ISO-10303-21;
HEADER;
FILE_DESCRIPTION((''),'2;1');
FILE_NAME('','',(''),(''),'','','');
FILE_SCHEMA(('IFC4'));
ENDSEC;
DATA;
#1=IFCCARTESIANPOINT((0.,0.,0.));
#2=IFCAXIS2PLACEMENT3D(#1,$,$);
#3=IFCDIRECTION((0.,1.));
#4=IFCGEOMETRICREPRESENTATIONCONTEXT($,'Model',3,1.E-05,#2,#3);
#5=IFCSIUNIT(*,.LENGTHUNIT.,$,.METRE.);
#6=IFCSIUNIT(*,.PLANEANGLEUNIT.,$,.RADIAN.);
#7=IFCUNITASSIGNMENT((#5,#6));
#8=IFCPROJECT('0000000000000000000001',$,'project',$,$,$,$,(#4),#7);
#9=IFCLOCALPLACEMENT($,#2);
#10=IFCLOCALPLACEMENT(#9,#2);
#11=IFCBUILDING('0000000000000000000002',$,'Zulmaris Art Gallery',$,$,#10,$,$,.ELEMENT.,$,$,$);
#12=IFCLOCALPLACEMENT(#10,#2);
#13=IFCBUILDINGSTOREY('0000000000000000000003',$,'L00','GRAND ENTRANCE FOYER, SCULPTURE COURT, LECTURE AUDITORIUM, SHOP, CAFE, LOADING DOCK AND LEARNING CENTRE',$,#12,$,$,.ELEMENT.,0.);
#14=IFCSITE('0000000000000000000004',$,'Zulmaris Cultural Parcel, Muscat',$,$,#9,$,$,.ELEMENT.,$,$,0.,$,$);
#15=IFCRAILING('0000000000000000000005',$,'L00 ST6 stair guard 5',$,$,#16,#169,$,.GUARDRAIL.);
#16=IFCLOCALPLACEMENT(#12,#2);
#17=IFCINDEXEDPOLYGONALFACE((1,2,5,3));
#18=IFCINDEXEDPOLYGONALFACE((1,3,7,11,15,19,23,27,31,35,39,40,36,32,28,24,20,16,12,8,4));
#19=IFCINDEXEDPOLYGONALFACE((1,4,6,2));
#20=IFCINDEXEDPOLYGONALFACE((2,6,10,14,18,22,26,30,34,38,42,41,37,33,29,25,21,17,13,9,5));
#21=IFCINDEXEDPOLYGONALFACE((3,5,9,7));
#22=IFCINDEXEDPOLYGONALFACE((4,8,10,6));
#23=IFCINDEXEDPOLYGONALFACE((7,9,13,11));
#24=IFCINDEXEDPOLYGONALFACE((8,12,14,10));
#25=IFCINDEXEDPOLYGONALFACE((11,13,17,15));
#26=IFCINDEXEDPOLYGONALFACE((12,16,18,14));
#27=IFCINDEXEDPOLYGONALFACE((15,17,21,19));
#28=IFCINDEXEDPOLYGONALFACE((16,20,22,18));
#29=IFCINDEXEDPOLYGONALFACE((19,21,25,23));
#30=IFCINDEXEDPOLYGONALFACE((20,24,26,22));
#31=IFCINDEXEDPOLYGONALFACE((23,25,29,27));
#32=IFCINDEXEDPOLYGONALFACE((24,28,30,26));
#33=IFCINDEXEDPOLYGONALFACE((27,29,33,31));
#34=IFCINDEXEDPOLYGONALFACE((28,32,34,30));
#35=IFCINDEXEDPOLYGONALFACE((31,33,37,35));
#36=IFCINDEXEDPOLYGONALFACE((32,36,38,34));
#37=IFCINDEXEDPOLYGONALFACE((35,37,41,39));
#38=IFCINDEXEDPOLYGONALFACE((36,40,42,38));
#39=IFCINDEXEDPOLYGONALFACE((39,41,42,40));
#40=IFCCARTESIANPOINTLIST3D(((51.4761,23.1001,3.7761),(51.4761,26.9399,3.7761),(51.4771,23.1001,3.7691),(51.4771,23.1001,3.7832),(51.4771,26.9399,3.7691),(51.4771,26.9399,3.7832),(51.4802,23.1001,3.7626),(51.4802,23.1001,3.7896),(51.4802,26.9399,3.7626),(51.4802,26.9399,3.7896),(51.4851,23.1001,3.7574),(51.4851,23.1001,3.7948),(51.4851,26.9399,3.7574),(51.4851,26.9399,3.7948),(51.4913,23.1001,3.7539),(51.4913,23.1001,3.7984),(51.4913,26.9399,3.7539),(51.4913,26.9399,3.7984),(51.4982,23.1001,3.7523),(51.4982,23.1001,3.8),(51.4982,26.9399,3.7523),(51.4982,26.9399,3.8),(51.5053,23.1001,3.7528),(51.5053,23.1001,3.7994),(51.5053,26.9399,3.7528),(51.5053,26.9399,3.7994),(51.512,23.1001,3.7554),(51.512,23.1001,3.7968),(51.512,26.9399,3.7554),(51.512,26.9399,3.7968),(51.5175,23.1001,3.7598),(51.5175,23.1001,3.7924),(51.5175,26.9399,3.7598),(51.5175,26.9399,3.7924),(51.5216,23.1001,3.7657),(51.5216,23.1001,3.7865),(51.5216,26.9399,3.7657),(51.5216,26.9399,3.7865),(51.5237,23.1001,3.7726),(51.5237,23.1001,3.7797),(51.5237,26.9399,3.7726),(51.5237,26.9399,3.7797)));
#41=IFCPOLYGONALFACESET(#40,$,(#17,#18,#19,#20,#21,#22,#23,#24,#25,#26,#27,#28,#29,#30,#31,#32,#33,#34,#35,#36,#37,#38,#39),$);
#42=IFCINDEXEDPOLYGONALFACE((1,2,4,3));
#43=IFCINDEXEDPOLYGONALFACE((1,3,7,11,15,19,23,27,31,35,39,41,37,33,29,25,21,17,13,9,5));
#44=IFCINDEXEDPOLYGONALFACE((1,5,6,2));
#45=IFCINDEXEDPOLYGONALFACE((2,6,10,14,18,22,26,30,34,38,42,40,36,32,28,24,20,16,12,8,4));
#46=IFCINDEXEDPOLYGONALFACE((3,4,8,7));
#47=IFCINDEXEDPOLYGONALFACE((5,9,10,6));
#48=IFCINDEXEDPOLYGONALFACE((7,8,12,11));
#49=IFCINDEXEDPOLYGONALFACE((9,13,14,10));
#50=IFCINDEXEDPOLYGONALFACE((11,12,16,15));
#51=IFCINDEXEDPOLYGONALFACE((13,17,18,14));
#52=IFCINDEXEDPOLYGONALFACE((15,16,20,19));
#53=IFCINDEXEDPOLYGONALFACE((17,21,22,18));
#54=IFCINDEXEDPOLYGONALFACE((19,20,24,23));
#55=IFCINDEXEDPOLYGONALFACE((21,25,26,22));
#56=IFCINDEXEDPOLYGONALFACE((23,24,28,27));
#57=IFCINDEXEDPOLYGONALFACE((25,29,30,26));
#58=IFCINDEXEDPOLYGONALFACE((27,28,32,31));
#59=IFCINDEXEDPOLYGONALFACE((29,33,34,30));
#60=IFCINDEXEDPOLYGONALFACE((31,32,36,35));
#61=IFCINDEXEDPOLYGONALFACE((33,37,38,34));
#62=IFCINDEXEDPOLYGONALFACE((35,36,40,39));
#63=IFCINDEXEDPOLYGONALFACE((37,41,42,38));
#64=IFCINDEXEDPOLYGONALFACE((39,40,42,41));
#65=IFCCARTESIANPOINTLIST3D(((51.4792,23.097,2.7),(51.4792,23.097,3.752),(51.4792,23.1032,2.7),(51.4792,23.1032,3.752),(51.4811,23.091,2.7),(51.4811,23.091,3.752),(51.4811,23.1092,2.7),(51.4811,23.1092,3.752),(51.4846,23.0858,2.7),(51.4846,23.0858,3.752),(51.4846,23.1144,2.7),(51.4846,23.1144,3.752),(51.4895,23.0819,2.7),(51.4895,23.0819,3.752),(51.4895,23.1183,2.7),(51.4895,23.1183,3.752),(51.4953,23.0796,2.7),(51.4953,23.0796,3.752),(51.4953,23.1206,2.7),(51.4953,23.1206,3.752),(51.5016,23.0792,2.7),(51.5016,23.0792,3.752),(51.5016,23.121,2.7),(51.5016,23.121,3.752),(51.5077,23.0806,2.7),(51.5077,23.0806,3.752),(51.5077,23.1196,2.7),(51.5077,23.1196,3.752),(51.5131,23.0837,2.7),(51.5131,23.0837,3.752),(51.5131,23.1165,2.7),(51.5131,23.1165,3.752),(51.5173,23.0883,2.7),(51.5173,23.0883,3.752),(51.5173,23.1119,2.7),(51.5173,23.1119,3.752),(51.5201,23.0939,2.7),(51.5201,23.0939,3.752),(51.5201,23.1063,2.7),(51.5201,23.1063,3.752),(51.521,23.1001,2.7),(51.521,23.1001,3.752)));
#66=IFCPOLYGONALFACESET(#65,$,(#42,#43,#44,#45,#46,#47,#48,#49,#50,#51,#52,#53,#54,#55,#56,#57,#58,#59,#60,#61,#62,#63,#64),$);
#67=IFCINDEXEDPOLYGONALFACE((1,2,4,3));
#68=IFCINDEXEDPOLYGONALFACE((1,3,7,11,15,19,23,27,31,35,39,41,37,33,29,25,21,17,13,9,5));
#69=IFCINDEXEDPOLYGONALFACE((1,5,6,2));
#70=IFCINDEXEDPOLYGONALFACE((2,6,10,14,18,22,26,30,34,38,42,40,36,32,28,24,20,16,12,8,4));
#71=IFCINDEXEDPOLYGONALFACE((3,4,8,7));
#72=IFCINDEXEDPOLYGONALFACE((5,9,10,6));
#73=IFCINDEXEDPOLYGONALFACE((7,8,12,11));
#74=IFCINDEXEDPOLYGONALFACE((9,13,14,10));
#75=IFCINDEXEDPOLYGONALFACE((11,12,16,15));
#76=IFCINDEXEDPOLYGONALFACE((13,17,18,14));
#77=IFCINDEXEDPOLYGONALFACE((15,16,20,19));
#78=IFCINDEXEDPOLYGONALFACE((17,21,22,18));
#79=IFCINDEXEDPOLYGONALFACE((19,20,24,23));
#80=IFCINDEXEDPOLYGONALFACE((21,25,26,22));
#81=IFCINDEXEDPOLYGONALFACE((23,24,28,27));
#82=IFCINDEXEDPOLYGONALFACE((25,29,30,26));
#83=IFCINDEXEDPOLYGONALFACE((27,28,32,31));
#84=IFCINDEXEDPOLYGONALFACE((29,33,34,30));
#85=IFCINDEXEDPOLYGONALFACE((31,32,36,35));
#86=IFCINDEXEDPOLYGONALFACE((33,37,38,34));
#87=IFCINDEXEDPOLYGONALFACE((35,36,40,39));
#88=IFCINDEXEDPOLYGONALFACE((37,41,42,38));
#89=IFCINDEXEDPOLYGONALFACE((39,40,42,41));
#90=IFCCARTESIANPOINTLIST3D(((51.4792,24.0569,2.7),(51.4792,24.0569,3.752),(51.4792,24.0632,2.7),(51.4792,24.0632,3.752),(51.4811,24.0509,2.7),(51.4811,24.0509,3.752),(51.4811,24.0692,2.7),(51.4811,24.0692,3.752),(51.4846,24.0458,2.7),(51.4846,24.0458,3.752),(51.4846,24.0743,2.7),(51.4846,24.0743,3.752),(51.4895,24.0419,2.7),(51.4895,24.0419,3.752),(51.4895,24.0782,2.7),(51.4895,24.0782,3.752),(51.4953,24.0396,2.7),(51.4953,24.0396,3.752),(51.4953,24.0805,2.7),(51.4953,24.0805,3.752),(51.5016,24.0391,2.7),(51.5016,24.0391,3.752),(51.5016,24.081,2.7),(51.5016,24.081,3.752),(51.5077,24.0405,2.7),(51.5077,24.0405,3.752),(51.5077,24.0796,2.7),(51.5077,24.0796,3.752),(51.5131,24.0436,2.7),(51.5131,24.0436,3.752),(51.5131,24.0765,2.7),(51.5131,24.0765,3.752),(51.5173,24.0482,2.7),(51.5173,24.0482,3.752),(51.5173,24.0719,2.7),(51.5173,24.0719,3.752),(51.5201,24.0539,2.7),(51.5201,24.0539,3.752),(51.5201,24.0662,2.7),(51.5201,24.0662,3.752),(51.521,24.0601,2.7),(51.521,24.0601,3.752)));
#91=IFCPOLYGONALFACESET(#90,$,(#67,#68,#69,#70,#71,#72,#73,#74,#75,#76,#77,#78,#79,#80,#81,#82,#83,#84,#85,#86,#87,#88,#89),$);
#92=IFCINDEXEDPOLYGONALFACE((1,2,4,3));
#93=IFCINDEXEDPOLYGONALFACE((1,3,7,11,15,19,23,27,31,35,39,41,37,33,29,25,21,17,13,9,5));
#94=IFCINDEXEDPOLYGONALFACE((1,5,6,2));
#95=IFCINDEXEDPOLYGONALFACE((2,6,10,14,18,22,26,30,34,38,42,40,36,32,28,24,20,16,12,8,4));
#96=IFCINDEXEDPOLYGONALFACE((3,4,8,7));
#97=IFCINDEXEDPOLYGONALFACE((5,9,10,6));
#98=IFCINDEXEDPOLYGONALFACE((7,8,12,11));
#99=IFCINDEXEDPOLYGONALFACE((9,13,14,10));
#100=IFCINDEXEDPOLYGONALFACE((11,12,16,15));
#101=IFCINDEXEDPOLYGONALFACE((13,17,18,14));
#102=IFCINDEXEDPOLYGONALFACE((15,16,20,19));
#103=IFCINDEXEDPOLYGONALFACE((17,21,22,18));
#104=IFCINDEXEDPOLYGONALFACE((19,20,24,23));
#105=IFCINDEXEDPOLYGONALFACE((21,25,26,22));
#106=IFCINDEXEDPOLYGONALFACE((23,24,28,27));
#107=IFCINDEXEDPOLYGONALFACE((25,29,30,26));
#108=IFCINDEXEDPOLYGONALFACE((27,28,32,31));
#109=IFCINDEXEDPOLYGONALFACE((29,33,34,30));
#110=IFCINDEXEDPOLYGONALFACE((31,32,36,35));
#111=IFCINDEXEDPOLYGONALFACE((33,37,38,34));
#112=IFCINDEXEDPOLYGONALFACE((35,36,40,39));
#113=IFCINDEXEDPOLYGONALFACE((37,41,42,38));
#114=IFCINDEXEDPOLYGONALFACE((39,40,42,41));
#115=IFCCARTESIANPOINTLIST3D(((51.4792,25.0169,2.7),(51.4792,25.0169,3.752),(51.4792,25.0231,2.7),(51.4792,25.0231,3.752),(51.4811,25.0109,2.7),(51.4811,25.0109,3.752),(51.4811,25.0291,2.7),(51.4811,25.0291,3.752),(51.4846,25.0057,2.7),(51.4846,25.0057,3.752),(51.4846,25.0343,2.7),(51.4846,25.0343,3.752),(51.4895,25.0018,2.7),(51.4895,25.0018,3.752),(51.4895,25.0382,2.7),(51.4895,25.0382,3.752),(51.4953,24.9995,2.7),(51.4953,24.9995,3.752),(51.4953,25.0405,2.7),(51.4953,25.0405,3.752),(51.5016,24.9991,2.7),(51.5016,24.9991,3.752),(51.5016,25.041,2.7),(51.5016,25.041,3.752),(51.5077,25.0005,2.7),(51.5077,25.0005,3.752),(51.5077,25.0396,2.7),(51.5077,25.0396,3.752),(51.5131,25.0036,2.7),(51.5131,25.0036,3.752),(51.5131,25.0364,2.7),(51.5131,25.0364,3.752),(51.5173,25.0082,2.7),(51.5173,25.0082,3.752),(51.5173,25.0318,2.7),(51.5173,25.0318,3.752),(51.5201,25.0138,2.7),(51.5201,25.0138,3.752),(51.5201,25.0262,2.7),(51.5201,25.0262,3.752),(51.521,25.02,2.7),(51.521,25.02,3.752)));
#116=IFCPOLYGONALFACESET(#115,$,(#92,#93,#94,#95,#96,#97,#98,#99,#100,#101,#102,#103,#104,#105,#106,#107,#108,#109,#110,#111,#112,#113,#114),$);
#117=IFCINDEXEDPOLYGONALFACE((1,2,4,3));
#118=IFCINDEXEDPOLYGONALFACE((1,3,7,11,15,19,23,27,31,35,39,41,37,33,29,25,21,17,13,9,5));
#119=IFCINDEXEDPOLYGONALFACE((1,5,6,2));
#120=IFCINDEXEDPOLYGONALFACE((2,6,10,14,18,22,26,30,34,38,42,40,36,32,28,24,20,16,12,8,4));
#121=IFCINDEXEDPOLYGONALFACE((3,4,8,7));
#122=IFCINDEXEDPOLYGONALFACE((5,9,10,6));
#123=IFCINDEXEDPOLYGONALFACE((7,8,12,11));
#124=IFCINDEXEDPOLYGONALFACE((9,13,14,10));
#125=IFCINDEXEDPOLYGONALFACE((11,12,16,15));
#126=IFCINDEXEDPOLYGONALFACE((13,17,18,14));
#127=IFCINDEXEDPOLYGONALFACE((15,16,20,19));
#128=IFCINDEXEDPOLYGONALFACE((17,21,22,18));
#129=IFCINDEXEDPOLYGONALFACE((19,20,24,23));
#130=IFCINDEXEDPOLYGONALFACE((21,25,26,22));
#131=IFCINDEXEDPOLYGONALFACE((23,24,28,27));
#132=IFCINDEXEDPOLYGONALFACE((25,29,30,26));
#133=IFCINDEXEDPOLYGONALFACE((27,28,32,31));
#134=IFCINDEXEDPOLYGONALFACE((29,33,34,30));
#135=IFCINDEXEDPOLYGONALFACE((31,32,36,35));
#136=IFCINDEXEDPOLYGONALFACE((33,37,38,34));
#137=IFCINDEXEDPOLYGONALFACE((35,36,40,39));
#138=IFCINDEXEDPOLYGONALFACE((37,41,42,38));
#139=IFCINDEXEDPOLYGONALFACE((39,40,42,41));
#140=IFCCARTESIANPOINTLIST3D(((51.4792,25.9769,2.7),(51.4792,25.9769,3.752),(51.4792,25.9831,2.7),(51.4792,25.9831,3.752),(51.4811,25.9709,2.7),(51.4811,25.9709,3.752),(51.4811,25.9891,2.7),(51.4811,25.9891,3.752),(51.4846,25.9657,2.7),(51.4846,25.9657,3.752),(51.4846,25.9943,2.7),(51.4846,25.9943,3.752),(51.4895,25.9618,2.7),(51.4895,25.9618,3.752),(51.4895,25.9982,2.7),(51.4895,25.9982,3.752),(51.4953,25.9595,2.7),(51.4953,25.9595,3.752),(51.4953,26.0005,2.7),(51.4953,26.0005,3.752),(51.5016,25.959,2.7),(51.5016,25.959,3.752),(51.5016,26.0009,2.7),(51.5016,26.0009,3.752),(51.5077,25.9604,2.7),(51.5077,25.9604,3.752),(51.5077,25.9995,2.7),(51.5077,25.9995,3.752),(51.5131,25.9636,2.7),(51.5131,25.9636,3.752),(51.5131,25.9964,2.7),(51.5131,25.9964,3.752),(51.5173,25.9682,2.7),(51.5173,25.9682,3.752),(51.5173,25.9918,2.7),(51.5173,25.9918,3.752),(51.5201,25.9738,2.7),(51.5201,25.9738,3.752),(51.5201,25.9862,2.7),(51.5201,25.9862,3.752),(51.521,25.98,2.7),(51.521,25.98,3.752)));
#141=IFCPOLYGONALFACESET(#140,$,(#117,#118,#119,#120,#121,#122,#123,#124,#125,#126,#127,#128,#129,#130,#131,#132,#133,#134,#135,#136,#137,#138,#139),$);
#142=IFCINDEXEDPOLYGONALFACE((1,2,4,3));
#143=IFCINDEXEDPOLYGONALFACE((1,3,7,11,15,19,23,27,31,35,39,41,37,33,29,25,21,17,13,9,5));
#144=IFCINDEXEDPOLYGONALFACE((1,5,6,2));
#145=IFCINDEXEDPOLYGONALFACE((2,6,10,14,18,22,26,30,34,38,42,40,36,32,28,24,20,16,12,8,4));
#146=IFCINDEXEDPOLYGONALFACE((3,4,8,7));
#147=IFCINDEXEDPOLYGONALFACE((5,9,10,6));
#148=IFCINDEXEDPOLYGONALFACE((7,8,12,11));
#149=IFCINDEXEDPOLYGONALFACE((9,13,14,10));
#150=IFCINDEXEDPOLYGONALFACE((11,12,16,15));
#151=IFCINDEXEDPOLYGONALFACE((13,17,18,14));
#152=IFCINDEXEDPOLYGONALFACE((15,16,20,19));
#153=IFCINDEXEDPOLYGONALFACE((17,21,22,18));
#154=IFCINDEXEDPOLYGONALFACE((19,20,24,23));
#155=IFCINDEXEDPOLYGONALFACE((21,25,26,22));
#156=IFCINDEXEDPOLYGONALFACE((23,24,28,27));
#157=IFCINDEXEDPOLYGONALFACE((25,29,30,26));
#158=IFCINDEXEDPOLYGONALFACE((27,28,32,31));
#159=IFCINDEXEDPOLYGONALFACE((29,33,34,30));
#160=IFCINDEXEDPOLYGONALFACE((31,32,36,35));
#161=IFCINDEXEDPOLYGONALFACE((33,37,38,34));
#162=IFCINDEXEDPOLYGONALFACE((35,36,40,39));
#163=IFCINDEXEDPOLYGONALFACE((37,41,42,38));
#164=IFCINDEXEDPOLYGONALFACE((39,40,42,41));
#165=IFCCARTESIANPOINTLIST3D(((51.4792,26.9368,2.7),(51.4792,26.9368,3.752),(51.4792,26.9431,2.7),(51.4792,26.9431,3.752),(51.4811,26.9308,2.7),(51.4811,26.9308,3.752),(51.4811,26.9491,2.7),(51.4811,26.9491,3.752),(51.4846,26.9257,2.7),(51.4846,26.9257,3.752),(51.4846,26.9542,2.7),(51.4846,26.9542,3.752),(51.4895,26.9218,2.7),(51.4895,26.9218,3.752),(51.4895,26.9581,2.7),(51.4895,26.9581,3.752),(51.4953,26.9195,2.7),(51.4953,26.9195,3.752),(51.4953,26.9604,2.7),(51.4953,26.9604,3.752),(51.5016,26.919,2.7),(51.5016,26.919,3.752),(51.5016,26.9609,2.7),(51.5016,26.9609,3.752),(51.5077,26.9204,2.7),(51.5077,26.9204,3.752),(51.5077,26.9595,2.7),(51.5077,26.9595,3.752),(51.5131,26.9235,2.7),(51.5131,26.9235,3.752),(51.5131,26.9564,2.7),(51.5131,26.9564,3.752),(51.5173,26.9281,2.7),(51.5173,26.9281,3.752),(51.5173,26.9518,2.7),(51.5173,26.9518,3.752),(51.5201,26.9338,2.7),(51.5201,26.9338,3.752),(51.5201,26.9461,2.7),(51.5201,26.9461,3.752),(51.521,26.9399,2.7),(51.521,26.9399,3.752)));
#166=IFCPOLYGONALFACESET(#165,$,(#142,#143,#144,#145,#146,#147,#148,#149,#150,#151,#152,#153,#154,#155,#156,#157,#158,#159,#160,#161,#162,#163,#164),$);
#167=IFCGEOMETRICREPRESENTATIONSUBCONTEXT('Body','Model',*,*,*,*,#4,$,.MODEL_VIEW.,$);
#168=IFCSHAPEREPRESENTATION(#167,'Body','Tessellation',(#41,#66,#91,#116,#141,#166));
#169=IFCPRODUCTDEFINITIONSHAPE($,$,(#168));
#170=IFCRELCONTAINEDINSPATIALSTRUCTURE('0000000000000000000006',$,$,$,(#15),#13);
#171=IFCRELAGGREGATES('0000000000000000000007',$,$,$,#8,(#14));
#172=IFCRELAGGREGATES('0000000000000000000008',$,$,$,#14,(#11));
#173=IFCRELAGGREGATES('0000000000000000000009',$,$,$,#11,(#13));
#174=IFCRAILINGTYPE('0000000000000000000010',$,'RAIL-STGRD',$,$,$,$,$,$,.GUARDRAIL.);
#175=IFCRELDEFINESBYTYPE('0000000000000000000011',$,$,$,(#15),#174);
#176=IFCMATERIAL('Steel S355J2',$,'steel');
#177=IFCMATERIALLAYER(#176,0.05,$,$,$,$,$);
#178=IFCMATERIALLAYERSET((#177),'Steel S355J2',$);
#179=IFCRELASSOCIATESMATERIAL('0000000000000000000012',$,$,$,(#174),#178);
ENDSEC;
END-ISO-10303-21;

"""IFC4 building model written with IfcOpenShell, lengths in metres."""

from ifc_helpers import new_model, si_unit, direction, frame, origin, origin_2d, place, context, subcontext, project, spatial, circle, extrude, material, layer, layer_set, type_object, element, save


model = new_model("IFC4")

# Units and contexts
model_context = context("Model", 3, precision=1e-05, world=origin(), true_north=direction((0.0, 1.0)))
body_context = subcontext(model_context, "Body", "Model", "MODEL_VIEW")
ifc_project = project(units=[si_unit("LENGTHUNIT", "METRE"), si_unit("PLANEANGLEUNIT", "RADIAN")], contexts=[model_context])

# Site, building, storey
site_placement = place(None, origin())
site = spatial("IfcSite", under=ifc_project, at=site_placement, Name="Zulmaris Cultural Parcel, Muscat", CompositionType="ELEMENT", RefElevation=0.0)
building_placement = place(site_placement, origin())
building = spatial("IfcBuilding", under=site, at=building_placement, Name="Zulmaris Art Gallery", CompositionType="ELEMENT")
storey_placement = place(building_placement, origin())
storey = spatial("IfcBuildingStorey", under=building, at=storey_placement, Name="L00", Description="GRAND ENTRANCE FOYER, SCULPTURE COURT, LECTURE AUDITORIUM, SHOP, CAFE, LOADING DOCK AND LEARNING CENTRE", CompositionType="ELEMENT", Elevation=0.0)

# Shared definitions
ifc_material_1 = material(Name="Steel S355J2", Category="steel")

# Railing
ifc_layer_1 = layer(ifc_material_1, 0.05)
ifc_layer_set_1 = layer_set([ifc_layer_1], Name="Steel S355J2")
railing_type_1 = type_object("IfcRailingType", Name="RAIL-STGRD", PredefinedType="GUARDRAIL", material=ifc_layer_set_1)
railing_1_placement = place(storey_placement, frame((51.5, 23.1001, 2.7)))
element("IfcRailing", 1, at=railing_1_placement, inside=storey, type_object=railing_type_1, Name="L00 ST6 stair guard 5", PredefinedType="GUARDRAIL", context=body_context, shape_type="SweptSolid", body=[
    extrude(circle(Radius=0.0239, at=origin_2d()), frame((0.0, 0.0, 1.0762), z_axis=(0.0, 1.0, 0.0), x_axis=(-1.0, 0.0, 0.0)), (0.0, 0.0, 1.0), 3.8398),
    extrude(circle(Radius=0.021, at=origin_2d()), origin(), (0.0, 0.0, 1.0), 1.052),
    extrude(circle(Radius=0.021, at=origin_2d()), frame((0.0, 0.96, 0.0)), (0.0, 0.0, 1.0), 1.052),
    extrude(circle(Radius=0.021, at=origin_2d()), frame((0.0, 1.9199, 0.0)), (0.0, 0.0, 1.0), 1.052),
    extrude(circle(Radius=0.021, at=origin_2d()), frame((0.0, 2.8799, 0.0)), (0.0, 0.0, 1.0), 1.052),
    extrude(circle(Radius=0.021, at=origin_2d()), frame((0.0, 3.8398, 0.0)), (0.0, 0.0, 1.0), 1.052),
])

save(model, "model.ifc")
